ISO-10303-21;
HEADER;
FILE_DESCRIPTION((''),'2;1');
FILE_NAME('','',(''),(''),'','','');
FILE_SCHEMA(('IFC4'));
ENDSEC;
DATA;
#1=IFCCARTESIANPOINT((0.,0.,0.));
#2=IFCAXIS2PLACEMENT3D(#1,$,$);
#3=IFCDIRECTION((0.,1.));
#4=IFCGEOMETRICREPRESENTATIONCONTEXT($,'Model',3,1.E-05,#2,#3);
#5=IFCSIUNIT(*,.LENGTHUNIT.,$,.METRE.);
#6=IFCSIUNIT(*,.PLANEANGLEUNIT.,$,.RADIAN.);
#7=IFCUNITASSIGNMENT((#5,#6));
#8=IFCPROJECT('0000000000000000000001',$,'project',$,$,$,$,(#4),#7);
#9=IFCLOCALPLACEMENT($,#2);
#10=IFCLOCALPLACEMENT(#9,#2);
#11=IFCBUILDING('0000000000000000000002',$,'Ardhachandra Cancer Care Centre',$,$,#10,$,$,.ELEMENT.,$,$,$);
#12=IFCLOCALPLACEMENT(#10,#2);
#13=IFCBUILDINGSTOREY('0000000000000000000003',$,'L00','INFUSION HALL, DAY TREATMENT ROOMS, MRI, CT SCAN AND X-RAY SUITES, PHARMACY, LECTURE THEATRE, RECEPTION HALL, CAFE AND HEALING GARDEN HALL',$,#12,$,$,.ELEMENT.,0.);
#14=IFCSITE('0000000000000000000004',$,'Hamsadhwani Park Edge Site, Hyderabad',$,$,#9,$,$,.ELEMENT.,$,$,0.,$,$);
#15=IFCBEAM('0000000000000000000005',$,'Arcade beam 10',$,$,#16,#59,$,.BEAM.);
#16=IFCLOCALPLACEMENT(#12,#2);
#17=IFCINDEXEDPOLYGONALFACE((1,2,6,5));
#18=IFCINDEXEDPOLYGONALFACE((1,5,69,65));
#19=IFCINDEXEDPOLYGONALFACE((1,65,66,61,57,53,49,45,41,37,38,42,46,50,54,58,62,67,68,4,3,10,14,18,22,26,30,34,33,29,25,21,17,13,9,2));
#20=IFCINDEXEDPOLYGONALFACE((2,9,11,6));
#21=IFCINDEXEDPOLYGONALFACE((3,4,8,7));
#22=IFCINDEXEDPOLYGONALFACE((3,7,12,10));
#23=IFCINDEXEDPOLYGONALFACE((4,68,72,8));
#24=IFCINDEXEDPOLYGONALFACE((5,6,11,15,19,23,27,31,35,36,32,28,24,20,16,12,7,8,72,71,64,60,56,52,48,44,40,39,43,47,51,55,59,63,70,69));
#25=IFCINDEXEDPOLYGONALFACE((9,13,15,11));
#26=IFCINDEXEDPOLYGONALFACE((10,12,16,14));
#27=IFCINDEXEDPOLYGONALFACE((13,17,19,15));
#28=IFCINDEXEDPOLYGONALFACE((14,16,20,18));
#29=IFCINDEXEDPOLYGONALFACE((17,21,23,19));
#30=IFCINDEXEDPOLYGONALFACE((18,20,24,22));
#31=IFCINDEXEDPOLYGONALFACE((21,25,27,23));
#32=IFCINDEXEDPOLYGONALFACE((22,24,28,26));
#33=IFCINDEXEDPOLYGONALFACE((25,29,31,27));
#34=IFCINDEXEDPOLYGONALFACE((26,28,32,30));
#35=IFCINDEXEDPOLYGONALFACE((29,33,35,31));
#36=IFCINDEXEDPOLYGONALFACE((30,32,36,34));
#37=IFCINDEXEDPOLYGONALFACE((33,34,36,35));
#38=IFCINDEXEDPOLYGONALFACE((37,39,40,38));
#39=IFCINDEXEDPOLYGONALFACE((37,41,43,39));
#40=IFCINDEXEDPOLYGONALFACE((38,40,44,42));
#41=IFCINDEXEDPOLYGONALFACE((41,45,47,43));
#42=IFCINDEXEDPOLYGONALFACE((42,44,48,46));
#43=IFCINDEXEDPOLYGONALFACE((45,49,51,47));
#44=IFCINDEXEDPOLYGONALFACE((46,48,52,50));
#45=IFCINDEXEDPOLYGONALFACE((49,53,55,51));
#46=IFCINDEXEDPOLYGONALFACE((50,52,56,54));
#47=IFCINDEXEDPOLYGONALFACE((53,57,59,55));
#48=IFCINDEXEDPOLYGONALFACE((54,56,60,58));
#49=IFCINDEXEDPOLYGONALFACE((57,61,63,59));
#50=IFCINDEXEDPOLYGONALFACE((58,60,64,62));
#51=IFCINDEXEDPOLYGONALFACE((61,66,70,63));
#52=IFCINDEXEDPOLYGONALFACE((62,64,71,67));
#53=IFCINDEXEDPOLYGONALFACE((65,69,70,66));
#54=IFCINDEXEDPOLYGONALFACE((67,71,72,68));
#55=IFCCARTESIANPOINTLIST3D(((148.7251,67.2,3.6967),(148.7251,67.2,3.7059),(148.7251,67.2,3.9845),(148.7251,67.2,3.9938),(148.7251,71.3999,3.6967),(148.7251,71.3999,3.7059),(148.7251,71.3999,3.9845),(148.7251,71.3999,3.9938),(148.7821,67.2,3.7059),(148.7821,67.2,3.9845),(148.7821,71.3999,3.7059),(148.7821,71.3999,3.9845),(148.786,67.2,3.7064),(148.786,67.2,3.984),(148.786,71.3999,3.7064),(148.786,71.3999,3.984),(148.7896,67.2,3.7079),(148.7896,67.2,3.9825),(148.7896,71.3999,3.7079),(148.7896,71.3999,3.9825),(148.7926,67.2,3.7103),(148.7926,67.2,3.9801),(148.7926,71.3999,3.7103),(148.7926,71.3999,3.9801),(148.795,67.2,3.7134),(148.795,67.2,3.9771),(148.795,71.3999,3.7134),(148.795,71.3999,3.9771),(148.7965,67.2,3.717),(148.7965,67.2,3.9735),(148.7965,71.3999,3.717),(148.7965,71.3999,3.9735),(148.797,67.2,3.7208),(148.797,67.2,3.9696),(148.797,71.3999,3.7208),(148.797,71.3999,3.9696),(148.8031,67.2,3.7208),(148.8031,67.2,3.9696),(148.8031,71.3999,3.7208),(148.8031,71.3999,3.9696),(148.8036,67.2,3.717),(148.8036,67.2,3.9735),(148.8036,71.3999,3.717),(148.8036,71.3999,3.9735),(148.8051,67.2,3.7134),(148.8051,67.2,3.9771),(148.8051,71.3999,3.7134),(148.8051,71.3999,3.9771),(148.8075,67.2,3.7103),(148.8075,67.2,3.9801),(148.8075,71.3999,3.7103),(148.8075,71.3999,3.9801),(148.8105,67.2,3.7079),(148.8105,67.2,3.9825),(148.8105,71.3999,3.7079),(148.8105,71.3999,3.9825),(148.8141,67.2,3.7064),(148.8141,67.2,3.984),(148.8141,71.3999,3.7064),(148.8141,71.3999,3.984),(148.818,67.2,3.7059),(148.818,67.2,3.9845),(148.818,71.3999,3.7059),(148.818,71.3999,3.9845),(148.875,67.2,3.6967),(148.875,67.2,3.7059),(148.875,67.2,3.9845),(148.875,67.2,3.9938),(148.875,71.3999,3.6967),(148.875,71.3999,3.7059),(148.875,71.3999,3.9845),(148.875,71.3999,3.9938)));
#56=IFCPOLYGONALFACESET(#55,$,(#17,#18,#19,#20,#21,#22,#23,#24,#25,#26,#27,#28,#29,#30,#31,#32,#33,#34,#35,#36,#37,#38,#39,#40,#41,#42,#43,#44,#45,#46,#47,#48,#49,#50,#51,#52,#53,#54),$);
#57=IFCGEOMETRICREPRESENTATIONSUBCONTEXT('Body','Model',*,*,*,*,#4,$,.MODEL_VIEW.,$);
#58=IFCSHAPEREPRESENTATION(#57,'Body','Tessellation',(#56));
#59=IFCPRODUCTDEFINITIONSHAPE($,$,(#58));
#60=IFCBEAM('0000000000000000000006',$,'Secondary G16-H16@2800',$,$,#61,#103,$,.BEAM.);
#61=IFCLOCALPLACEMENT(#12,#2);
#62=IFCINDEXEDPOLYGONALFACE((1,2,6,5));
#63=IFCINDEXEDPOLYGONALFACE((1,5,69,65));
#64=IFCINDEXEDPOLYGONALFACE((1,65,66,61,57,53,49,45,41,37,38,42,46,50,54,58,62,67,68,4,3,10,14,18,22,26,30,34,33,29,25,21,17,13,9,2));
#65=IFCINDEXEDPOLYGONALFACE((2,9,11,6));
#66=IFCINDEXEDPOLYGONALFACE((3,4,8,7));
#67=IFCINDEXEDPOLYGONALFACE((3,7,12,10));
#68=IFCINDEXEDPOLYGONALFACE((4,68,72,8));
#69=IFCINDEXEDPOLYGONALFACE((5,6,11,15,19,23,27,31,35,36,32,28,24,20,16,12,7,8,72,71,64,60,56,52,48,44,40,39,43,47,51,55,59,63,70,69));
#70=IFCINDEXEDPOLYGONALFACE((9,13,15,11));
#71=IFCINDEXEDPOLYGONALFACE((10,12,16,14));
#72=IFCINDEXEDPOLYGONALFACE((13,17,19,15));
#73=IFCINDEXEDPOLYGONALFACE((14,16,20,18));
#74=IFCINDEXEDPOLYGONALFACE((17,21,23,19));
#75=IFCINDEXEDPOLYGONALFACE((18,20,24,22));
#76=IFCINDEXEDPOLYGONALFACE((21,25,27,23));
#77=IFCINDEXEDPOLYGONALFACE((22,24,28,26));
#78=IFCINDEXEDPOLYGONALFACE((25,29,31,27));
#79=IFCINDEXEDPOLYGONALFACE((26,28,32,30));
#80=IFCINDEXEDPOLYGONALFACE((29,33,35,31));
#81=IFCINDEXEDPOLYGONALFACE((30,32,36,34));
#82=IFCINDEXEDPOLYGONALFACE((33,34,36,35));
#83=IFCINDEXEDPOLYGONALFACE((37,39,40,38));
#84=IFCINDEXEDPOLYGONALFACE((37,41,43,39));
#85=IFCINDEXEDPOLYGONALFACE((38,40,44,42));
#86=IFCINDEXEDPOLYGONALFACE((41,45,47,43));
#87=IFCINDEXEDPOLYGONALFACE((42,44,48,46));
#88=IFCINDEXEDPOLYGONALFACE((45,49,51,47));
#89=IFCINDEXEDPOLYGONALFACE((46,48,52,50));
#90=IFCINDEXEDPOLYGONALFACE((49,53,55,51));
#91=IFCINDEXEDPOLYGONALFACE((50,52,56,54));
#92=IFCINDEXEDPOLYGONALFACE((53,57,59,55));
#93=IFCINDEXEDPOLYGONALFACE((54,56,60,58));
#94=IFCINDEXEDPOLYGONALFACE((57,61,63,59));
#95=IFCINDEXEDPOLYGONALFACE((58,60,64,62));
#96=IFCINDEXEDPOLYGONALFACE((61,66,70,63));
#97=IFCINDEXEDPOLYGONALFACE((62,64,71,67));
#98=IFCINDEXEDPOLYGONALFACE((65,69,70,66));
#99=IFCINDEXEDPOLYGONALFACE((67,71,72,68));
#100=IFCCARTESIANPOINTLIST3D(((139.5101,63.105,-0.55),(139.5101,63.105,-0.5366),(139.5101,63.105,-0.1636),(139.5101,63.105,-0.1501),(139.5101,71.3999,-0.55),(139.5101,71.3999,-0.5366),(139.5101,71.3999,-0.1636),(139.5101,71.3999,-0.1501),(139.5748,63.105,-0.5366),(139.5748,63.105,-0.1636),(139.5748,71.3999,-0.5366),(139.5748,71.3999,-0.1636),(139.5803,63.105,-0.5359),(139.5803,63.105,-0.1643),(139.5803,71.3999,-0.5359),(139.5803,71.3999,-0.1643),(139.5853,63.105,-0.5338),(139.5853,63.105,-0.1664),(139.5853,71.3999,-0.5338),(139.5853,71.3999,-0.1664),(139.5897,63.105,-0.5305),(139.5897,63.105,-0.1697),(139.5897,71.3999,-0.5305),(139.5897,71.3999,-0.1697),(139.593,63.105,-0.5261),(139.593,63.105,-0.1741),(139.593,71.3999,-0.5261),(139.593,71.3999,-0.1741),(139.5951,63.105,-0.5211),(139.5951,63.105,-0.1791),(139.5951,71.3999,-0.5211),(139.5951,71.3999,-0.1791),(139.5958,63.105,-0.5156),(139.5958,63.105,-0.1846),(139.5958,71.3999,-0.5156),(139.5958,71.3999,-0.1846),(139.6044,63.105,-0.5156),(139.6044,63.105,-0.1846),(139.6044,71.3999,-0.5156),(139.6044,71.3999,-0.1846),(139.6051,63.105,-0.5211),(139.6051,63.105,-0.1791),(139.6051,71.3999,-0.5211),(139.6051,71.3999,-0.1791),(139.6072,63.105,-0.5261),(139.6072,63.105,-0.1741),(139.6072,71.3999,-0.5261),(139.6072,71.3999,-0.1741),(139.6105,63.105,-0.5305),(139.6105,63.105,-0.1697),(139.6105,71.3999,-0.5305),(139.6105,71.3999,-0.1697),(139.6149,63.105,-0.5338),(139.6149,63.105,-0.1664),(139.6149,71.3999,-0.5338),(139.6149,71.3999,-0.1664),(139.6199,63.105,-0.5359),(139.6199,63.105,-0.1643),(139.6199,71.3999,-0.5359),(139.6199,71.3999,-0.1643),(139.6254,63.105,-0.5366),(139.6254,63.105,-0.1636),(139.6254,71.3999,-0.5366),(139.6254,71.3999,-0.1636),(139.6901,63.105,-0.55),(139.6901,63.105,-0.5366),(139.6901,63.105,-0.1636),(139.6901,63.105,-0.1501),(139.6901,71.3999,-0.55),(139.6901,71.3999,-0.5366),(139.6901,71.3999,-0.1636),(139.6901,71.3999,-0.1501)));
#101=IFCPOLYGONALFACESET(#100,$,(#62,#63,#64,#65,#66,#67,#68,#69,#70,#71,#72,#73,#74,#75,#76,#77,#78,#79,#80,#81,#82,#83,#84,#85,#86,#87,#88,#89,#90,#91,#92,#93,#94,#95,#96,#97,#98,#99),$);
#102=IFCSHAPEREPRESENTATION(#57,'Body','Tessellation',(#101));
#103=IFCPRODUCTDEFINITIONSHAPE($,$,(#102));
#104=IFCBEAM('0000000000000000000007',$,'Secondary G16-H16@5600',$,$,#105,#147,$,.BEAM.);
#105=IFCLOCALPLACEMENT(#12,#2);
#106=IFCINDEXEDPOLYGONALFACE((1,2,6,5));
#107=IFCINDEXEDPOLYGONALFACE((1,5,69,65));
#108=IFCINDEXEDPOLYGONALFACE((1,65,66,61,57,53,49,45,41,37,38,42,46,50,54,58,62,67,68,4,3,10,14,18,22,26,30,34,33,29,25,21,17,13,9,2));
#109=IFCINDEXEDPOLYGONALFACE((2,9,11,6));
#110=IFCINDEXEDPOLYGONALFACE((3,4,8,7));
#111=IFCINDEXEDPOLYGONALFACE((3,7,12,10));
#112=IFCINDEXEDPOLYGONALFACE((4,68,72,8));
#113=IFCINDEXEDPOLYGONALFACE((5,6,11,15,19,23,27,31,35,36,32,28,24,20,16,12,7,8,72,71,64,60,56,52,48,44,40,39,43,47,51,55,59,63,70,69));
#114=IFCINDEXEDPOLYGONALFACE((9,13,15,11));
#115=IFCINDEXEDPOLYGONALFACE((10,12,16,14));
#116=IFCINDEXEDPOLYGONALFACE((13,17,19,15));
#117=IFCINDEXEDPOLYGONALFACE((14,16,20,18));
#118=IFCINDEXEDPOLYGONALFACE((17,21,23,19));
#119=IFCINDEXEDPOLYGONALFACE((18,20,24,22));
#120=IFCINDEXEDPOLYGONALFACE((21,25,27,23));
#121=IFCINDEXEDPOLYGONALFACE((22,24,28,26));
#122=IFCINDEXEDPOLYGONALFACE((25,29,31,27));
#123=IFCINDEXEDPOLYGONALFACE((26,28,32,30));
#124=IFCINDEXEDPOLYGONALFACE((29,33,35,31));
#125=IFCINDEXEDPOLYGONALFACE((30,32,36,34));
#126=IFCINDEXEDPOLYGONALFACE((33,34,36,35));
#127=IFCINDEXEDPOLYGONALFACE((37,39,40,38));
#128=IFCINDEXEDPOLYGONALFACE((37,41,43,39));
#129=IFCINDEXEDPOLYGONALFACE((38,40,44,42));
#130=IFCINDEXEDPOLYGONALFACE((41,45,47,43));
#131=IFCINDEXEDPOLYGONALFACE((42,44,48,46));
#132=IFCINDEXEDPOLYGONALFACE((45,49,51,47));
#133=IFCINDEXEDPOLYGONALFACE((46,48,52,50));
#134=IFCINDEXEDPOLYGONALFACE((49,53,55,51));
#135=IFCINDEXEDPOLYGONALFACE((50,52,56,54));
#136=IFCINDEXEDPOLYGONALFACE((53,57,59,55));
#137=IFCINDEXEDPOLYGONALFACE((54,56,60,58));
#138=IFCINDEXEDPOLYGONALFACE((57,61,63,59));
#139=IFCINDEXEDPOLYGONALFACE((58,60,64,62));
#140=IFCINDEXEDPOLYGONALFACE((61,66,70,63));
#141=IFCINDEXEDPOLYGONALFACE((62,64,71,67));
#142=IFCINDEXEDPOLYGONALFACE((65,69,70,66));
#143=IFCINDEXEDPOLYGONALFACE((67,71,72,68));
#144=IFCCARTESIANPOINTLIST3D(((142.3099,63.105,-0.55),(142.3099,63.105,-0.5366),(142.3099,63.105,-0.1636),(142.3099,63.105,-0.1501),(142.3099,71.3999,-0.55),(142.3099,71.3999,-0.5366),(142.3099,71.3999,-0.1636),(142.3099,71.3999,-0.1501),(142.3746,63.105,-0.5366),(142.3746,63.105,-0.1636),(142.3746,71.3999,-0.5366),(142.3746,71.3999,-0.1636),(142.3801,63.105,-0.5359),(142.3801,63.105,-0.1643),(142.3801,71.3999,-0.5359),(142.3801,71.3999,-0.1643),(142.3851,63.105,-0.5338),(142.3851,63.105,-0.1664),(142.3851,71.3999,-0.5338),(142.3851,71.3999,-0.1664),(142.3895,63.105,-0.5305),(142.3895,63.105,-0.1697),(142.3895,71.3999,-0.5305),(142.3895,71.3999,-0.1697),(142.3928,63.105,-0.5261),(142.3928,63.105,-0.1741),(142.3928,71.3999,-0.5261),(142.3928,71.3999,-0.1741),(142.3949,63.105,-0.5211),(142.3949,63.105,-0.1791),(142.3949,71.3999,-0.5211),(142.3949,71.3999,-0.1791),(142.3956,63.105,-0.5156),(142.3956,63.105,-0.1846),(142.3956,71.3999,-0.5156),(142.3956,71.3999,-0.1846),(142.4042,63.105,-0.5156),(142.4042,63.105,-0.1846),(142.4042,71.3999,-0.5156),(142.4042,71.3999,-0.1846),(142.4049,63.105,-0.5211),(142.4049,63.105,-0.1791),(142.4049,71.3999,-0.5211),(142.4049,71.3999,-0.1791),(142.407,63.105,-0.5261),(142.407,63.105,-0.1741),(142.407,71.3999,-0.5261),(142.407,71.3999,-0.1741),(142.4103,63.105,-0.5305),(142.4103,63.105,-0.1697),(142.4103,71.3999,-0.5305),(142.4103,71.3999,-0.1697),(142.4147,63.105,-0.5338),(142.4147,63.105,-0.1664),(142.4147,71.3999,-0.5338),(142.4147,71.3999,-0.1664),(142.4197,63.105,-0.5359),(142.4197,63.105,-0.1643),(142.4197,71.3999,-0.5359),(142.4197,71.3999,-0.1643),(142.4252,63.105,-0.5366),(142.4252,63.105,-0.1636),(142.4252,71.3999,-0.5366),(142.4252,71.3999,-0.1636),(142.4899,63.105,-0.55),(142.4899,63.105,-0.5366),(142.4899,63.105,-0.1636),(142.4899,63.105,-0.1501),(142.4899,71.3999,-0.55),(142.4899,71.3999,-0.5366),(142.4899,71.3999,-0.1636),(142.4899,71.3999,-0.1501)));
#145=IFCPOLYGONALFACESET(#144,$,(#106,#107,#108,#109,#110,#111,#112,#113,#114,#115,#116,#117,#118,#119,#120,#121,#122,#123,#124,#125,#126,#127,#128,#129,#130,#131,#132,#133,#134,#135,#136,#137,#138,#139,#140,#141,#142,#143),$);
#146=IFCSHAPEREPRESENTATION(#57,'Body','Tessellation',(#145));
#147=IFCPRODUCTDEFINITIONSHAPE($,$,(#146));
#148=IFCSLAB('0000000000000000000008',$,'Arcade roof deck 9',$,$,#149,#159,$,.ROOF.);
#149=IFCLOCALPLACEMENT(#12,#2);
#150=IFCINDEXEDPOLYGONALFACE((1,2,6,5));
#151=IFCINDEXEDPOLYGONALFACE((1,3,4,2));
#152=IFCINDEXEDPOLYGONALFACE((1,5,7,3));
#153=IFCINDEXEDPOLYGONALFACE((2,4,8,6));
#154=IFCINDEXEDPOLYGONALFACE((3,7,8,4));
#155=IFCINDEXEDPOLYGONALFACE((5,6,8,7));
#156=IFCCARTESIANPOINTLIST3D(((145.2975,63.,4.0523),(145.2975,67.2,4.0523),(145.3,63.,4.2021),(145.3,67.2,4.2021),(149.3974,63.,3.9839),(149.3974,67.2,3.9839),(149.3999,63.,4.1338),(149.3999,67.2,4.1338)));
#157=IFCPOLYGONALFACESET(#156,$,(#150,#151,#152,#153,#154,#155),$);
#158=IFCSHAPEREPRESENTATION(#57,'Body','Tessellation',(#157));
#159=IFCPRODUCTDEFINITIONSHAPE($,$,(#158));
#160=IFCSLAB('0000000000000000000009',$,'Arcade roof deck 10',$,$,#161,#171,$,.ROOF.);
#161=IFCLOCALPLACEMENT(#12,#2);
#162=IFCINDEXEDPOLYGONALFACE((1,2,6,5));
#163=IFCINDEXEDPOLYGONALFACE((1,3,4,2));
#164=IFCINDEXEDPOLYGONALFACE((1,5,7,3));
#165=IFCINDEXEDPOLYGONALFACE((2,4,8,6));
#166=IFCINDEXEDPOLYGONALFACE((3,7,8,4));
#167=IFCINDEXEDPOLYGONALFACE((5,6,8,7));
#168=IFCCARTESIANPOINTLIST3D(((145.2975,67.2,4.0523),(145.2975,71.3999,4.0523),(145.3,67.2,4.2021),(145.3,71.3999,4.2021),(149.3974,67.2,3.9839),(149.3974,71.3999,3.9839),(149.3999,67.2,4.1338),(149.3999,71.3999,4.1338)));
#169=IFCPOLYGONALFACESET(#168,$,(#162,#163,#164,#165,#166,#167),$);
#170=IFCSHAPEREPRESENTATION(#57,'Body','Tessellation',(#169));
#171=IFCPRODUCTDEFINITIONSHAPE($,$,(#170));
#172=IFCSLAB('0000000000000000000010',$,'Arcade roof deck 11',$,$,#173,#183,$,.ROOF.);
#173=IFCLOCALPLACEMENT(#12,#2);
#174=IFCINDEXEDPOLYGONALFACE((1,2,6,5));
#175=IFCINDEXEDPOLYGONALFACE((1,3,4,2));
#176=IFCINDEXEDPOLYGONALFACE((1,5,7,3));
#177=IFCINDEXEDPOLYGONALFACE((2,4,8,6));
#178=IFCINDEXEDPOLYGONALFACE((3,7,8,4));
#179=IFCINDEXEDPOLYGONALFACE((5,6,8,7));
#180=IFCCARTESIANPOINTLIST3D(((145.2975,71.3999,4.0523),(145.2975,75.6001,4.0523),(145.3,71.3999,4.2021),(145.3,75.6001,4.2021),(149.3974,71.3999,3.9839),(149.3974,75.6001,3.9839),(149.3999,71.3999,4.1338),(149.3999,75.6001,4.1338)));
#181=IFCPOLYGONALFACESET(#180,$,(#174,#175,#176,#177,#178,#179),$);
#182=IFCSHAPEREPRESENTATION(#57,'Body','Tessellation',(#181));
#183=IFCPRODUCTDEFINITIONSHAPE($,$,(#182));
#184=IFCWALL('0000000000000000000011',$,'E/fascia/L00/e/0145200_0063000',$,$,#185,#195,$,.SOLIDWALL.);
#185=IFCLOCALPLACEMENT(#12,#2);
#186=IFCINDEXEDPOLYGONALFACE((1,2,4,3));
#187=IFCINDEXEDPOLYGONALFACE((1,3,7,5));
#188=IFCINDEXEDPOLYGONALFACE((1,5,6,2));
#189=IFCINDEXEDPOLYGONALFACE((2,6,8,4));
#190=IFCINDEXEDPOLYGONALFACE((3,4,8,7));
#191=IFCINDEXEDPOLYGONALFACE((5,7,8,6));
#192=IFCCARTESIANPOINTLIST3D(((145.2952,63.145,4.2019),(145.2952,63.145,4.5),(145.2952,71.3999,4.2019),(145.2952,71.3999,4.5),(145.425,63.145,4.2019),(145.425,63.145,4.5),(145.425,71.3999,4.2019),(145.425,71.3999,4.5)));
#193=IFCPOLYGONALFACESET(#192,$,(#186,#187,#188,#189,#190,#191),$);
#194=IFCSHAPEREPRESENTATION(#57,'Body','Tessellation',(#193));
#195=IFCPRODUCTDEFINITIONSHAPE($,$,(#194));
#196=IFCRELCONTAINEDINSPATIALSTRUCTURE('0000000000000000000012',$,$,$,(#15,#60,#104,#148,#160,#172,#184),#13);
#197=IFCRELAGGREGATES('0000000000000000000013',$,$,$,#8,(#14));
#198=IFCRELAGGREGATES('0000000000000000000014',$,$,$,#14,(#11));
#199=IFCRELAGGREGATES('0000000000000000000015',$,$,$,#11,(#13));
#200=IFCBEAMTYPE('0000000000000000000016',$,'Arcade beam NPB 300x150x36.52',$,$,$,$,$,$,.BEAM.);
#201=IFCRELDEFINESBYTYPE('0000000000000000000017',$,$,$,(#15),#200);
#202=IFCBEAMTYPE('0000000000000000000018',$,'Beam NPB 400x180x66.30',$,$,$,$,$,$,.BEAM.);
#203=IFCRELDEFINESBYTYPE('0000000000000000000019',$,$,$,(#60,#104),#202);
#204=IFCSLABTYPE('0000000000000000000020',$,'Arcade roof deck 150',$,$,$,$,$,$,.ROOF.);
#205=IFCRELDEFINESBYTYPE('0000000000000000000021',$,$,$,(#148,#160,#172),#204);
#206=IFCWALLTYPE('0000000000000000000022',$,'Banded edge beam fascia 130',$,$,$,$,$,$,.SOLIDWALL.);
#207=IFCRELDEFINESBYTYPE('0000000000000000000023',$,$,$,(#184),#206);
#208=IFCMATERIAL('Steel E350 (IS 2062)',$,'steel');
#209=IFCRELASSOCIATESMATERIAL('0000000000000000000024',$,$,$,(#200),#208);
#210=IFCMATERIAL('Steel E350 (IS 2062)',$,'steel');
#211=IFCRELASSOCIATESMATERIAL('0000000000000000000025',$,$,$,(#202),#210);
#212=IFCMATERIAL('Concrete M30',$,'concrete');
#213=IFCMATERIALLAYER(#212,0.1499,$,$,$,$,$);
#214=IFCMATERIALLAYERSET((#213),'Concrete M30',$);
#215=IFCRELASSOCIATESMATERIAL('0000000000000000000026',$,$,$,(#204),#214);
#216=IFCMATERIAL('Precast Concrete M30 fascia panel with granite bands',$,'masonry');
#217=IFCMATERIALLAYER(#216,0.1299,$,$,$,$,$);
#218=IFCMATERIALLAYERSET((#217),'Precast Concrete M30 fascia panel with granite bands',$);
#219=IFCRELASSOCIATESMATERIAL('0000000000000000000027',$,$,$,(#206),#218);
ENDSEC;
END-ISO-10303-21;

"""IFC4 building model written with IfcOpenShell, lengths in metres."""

from ifc_helpers import new_model, si_unit, direction, frame, frame_2d, origin, origin_2d, place, context, subcontext, project, spatial, polyline, rectangle, i_section, outline, extrude, material, layer, layer_set, material_profile, profile_set, type_object, element, save


model = new_model("IFC4")

# Units and contexts
model_context = context("Model", 3, precision=1e-05, world=origin(), true_north=direction((0.0, 1.0)))
body_context = subcontext(model_context, "Body", "Model", "MODEL_VIEW")
ifc_project = project(units=[si_unit("LENGTHUNIT", "METRE"), si_unit("PLANEANGLEUNIT", "RADIAN")], contexts=[model_context])

# Site, building, storey
site_placement = place(None, origin())
site = spatial("IfcSite", under=ifc_project, at=site_placement, Name="Hamsadhwani Park Edge Site, Hyderabad", CompositionType="ELEMENT", RefElevation=0.0)
building_placement = place(site_placement, origin())
building = spatial("IfcBuilding", under=site, at=building_placement, Name="Ardhachandra Cancer Care Centre", CompositionType="ELEMENT")
storey_placement = place(building_placement, origin())
storey = spatial("IfcBuildingStorey", under=building, at=storey_placement, Name="L00", Description="INFUSION HALL, DAY TREATMENT ROOMS, MRI, CT SCAN AND X-RAY SUITES, PHARMACY, LECTURE THEATRE, RECEPTION HALL, CAFE AND HEALING GARDEN HALL", CompositionType="ELEMENT", Elevation=0.0)

# Beams
ifc_material_1 = material(Name="Steel E350 (IS 2062)", Category="steel")
ifc_material_profile_1 = material_profile(ifc_material_1, i_section(OverallWidth=0.1499, OverallDepth=0.2971, WebThickness=0.0061, FlangeThickness=0.0093, FilletRadius=0.0149, at=origin_2d()), Name="NPB 300x150x36.52")
ifc_profile_set_1 = profile_set([ifc_material_profile_1], Name="Steel E350 (IS 2062)")
beam_type_1 = type_object("IfcBeamType", Name="Arcade beam NPB 300x150x36.52", PredefinedType="BEAM", material=ifc_profile_set_1)
for number, where, z_axis, x_axis, name in (
    (1, (148.8, 67.2, 3.8452), (0.0, 1.0, 0.0), (-1.0, 0.0, 0.0), "Arcade beam 10"),
):
    element("IfcBeam", number, at=place(storey_placement, frame(where, z_axis=z_axis, x_axis=x_axis)), inside=storey, type_object=beam_type_1, Name=name, PredefinedType="BEAM", context=body_context, shape_type="SweptSolid", body=[
        extrude(i_section(OverallWidth=0.1499, OverallDepth=0.2971, WebThickness=0.0061, FlangeThickness=0.0093, FilletRadius=0.0149, at=origin_2d()), origin(), (0.0, 0.0, 1.0), 4.2),
    ])
ifc_material_2 = material(Name="Steel E350 (IS 2062)", Category="steel")
ifc_material_profile_2 = material_profile(ifc_material_2, i_section(OverallWidth=0.1799, OverallDepth=0.3999, WebThickness=0.0085, FlangeThickness=0.0134, FilletRadius=0.021, at=origin_2d()), Name="NPB 400x180x66.30")
ifc_profile_set_2 = profile_set([ifc_material_profile_2], Name="Steel E350 (IS 2062)")
beam_type_2 = type_object("IfcBeamType", Name="Beam NPB 400x180x66.30", PredefinedType="BEAM", material=ifc_profile_set_2)
for number, where, z_axis, x_axis, name in (
    (2, (139.6001, 63.105, -0.3501), (0.0, 1.0, 0.0), (-1.0, 0.0, 0.0), "Secondary G16-H16@2800"),
    (3, (142.3999, 63.105, -0.3501), (0.0, 1.0, 0.0), (-1.0, 0.0, 0.0), "Secondary G16-H16@5600"),
):
    element("IfcBeam", number, at=place(storey_placement, frame(where, z_axis=z_axis, x_axis=x_axis)), inside=storey, type_object=beam_type_2, Name=name, PredefinedType="BEAM", context=body_context, shape_type="SweptSolid", body=[
        extrude(i_section(OverallWidth=0.1799, OverallDepth=0.3999, WebThickness=0.0085, FlangeThickness=0.0134, FilletRadius=0.021, at=origin_2d()), origin(), (0.0, 0.0, 1.0), 8.2949),
    ])

# Slabs
ifc_material_3 = material(Name="Concrete M30", Category="concrete")
ifc_layer_1 = layer(ifc_material_3, 0.1499)
ifc_layer_set_1 = layer_set([ifc_layer_1], Name="Concrete M30")
slab_type = type_object("IfcSlabType", Name="Arcade roof deck 150", PredefinedType="ROOF", material=ifc_layer_set_1)
for number, where, z_axis, x_axis, name in (
    (4, (145.3, 63.0, 4.2021), (0.016671, 0.0, 0.999861), (0.999861, 0.0, -0.016671), "Arcade roof deck 9"),
    (5, (145.3, 67.2, 4.2021), (0.016671, 0.0, 0.999861), (0.999861, 0.0, -0.016671), "Arcade roof deck 10"),
):
    element("IfcSlab", number, at=place(storey_placement, frame(where, z_axis=z_axis, x_axis=x_axis)), inside=storey, type_object=slab_type, Name=name, PredefinedType="ROOF", context=body_context, shape_type="SweptSolid", body=[
        extrude(outline(polyline([(0.0, 0.0), (4.1004, 0.0), (4.1004, 4.2), (0.0, 4.2), (0.0, 0.0)])), origin(), (0.0, 0.0, -1.0), 0.1499),
    ])
slab_placement = place(storey_placement, frame((145.3, 71.3999, 4.2021), z_axis=(0.016671, 0.0, 0.999861), x_axis=(0.999861, 0.0, -0.016671)))
element("IfcSlab", 6, at=slab_placement, inside=storey, type_object=slab_type, Name="Arcade roof deck 11", PredefinedType="ROOF", context=body_context, shape_type="SweptSolid", body=[
    extrude(outline(polyline([(0.0, 0.0), (4.1004, 0.0), (4.1004, 4.2002), (0.0, 4.2002), (0.0, 0.0)])), origin(), (0.0, 0.0, -1.0), 0.1499),
])

# Wall
ifc_material_4 = material(Name="Precast Concrete M30 fascia panel with granite bands", Category="masonry")
ifc_layer_2 = layer(ifc_material_4, 0.1299)
ifc_layer_set_2 = layer_set([ifc_layer_2], Name="Precast Concrete M30 fascia panel with granite bands")
wall_type_1 = type_object("IfcWallType", Name="Banded edge beam fascia 130", PredefinedType="SOLIDWALL", material=ifc_layer_set_2)
wall_1_placement = place(storey_placement, frame((145.3601, 63.145, 4.2019), z_axis=(0.0, 0.0, 1.0), x_axis=(0.0, 1.0, 0.0)))
element("IfcWall", 7, at=wall_1_placement, inside=storey, type_object=wall_type_1, Name="E/fascia/L00/e/0145200_0063000", PredefinedType="SOLIDWALL", context=body_context, shape_type="SweptSolid", body=[
    extrude(rectangle(XDim=8.2549, YDim=0.1299, at=frame_2d((4.1274, 0.0))), origin(), (0.0, 0.0, 1.0), 0.2981),
])

save(model, "model.ifc")
